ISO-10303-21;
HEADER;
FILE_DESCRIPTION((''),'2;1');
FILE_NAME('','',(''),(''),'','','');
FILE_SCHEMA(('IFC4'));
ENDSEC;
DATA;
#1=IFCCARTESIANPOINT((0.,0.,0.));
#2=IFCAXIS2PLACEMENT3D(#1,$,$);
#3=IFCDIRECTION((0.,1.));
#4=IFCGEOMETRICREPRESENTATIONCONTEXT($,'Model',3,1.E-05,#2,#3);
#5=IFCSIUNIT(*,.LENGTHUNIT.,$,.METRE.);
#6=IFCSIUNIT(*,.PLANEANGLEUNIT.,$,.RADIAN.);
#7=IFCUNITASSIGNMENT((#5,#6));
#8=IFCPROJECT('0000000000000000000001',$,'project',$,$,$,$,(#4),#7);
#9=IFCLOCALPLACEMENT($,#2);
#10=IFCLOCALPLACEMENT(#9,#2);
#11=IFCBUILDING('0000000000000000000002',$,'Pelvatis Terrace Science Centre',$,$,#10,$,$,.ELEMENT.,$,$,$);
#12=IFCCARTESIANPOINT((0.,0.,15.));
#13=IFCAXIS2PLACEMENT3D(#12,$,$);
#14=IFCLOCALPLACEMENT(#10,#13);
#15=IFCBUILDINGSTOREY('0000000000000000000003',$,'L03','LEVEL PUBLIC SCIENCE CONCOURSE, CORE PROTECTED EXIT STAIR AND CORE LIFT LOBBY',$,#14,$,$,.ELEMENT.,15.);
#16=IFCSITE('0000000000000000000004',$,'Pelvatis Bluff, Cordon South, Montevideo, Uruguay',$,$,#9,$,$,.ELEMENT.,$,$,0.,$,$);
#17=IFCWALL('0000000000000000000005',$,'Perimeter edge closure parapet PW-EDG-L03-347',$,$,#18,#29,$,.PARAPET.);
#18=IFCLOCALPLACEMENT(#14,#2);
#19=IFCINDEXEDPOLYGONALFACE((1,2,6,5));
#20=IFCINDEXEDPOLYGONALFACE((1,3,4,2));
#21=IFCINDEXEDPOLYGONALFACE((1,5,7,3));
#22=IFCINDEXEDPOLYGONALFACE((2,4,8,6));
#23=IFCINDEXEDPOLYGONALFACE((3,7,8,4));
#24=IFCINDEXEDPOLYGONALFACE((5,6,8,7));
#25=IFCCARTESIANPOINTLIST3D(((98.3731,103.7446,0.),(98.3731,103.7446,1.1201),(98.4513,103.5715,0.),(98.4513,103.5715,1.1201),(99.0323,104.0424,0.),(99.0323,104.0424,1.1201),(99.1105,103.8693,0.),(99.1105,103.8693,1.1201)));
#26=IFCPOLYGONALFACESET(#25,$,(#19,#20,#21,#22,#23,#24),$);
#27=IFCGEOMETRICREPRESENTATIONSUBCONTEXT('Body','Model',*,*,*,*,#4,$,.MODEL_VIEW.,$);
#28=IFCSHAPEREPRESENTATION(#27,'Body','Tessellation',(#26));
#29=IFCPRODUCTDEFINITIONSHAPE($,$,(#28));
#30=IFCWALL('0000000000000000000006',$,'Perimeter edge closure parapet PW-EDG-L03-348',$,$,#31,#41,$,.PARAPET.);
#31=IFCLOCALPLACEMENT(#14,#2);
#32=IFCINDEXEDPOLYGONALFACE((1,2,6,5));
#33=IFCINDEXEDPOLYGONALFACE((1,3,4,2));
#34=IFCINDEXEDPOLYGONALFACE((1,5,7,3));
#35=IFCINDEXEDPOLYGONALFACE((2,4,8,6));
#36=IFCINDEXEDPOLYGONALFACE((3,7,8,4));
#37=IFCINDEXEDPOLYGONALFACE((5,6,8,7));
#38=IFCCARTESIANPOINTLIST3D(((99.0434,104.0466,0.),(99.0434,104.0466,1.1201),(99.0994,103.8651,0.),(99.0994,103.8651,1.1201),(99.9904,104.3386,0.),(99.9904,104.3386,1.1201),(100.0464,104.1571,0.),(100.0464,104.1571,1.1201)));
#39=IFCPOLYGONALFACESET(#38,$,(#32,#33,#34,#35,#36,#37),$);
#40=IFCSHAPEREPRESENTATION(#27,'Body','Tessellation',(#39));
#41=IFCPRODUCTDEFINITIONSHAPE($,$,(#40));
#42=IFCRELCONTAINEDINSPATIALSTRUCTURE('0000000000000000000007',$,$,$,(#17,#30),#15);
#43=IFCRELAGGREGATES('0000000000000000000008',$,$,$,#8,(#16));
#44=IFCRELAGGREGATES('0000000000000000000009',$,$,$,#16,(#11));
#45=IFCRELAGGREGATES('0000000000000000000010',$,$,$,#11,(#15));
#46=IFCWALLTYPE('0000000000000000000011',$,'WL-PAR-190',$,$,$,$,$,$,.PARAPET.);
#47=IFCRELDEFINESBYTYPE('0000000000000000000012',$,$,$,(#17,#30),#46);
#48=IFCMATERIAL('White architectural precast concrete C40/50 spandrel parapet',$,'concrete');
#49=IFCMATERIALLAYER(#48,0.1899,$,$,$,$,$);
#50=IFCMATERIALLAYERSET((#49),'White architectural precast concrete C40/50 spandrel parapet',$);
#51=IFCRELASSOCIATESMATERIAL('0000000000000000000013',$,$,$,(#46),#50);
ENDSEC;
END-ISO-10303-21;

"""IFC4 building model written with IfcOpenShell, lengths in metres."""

from ifc_helpers import new_model, si_unit, direction, frame, frame_2d, origin, place, context, subcontext, project, spatial, rectangle, extrude, material, layer, layer_set, type_object, element, save


model = new_model("IFC4")

# Units and contexts
model_context = context("Model", 3, precision=1e-05, world=origin(), true_north=direction((0.0, 1.0)))
body_context = subcontext(model_context, "Body", "Model", "MODEL_VIEW")
ifc_project = project(units=[si_unit("LENGTHUNIT", "METRE"), si_unit("PLANEANGLEUNIT", "RADIAN")], contexts=[model_context])

# Site, building, storey
site_placement = place(None, origin())
site = spatial("IfcSite", under=ifc_project, at=site_placement, Name="Pelvatis Bluff, Cordon South, Montevideo, Uruguay", CompositionType="ELEMENT", RefElevation=0.0)
building_placement = place(site_placement, origin())
building = spatial("IfcBuilding", under=site, at=building_placement, Name="Pelvatis Terrace Science Centre", CompositionType="ELEMENT")
storey_placement = place(building_placement, frame((0.0, 0.0, 15.0)))
storey = spatial("IfcBuildingStorey", under=building, at=storey_placement, Name="L03", Description="LEVEL PUBLIC SCIENCE CONCOURSE, CORE PROTECTED EXIT STAIR AND CORE LIFT LOBBY", CompositionType="ELEMENT", Elevation=15.0)

# Walls
ifc_material_1 = material(Name="White architectural precast concrete C40/50 spandrel parapet", Category="concrete")
ifc_layer_1 = layer(ifc_material_1, 0.1899)
ifc_layer_set_1 = layer_set([ifc_layer_1], Name="White architectural precast concrete C40/50 spandrel parapet")
wall_type_1 = type_object("IfcWallType", Name="WL-PAR-190", PredefinedType="PARAPET", material=ifc_layer_set_1)
wall_1_placement = place(storey_placement, frame((98.4121, 103.658, 0.0), z_axis=(0.0, 0.0, 1.0), x_axis=(0.911289, 0.411768, 0.0)))
element("IfcWall", 1, at=wall_1_placement, inside=storey, type_object=wall_type_1, Name="Perimeter edge closure parapet PW-EDG-L03-347", PredefinedType="PARAPET", context=body_context, shape_type="SweptSolid", body=[
    extrude(rectangle(XDim=0.7234, YDim=0.1899, at=frame_2d((0.3618, 0.0))), origin(), (0.0, 0.0, 1.0), 1.1201),
])
wall_2_placement = place(storey_placement, frame((99.0713, 103.9558, 0.0), z_axis=(0.0, 0.0, 1.0), x_axis=(0.955608, 0.29464, 0.0)))
element("IfcWall", 2, at=wall_2_placement, inside=storey, type_object=wall_type_1, Name="Perimeter edge closure parapet PW-EDG-L03-348", PredefinedType="PARAPET", context=body_context, shape_type="SweptSolid", body=[
    extrude(rectangle(XDim=0.991, YDim=0.1899, at=frame_2d((0.4956, 0.0))), origin(), (0.0, 0.0, 1.0), 1.1201),
])

save(model, "model.ifc")
